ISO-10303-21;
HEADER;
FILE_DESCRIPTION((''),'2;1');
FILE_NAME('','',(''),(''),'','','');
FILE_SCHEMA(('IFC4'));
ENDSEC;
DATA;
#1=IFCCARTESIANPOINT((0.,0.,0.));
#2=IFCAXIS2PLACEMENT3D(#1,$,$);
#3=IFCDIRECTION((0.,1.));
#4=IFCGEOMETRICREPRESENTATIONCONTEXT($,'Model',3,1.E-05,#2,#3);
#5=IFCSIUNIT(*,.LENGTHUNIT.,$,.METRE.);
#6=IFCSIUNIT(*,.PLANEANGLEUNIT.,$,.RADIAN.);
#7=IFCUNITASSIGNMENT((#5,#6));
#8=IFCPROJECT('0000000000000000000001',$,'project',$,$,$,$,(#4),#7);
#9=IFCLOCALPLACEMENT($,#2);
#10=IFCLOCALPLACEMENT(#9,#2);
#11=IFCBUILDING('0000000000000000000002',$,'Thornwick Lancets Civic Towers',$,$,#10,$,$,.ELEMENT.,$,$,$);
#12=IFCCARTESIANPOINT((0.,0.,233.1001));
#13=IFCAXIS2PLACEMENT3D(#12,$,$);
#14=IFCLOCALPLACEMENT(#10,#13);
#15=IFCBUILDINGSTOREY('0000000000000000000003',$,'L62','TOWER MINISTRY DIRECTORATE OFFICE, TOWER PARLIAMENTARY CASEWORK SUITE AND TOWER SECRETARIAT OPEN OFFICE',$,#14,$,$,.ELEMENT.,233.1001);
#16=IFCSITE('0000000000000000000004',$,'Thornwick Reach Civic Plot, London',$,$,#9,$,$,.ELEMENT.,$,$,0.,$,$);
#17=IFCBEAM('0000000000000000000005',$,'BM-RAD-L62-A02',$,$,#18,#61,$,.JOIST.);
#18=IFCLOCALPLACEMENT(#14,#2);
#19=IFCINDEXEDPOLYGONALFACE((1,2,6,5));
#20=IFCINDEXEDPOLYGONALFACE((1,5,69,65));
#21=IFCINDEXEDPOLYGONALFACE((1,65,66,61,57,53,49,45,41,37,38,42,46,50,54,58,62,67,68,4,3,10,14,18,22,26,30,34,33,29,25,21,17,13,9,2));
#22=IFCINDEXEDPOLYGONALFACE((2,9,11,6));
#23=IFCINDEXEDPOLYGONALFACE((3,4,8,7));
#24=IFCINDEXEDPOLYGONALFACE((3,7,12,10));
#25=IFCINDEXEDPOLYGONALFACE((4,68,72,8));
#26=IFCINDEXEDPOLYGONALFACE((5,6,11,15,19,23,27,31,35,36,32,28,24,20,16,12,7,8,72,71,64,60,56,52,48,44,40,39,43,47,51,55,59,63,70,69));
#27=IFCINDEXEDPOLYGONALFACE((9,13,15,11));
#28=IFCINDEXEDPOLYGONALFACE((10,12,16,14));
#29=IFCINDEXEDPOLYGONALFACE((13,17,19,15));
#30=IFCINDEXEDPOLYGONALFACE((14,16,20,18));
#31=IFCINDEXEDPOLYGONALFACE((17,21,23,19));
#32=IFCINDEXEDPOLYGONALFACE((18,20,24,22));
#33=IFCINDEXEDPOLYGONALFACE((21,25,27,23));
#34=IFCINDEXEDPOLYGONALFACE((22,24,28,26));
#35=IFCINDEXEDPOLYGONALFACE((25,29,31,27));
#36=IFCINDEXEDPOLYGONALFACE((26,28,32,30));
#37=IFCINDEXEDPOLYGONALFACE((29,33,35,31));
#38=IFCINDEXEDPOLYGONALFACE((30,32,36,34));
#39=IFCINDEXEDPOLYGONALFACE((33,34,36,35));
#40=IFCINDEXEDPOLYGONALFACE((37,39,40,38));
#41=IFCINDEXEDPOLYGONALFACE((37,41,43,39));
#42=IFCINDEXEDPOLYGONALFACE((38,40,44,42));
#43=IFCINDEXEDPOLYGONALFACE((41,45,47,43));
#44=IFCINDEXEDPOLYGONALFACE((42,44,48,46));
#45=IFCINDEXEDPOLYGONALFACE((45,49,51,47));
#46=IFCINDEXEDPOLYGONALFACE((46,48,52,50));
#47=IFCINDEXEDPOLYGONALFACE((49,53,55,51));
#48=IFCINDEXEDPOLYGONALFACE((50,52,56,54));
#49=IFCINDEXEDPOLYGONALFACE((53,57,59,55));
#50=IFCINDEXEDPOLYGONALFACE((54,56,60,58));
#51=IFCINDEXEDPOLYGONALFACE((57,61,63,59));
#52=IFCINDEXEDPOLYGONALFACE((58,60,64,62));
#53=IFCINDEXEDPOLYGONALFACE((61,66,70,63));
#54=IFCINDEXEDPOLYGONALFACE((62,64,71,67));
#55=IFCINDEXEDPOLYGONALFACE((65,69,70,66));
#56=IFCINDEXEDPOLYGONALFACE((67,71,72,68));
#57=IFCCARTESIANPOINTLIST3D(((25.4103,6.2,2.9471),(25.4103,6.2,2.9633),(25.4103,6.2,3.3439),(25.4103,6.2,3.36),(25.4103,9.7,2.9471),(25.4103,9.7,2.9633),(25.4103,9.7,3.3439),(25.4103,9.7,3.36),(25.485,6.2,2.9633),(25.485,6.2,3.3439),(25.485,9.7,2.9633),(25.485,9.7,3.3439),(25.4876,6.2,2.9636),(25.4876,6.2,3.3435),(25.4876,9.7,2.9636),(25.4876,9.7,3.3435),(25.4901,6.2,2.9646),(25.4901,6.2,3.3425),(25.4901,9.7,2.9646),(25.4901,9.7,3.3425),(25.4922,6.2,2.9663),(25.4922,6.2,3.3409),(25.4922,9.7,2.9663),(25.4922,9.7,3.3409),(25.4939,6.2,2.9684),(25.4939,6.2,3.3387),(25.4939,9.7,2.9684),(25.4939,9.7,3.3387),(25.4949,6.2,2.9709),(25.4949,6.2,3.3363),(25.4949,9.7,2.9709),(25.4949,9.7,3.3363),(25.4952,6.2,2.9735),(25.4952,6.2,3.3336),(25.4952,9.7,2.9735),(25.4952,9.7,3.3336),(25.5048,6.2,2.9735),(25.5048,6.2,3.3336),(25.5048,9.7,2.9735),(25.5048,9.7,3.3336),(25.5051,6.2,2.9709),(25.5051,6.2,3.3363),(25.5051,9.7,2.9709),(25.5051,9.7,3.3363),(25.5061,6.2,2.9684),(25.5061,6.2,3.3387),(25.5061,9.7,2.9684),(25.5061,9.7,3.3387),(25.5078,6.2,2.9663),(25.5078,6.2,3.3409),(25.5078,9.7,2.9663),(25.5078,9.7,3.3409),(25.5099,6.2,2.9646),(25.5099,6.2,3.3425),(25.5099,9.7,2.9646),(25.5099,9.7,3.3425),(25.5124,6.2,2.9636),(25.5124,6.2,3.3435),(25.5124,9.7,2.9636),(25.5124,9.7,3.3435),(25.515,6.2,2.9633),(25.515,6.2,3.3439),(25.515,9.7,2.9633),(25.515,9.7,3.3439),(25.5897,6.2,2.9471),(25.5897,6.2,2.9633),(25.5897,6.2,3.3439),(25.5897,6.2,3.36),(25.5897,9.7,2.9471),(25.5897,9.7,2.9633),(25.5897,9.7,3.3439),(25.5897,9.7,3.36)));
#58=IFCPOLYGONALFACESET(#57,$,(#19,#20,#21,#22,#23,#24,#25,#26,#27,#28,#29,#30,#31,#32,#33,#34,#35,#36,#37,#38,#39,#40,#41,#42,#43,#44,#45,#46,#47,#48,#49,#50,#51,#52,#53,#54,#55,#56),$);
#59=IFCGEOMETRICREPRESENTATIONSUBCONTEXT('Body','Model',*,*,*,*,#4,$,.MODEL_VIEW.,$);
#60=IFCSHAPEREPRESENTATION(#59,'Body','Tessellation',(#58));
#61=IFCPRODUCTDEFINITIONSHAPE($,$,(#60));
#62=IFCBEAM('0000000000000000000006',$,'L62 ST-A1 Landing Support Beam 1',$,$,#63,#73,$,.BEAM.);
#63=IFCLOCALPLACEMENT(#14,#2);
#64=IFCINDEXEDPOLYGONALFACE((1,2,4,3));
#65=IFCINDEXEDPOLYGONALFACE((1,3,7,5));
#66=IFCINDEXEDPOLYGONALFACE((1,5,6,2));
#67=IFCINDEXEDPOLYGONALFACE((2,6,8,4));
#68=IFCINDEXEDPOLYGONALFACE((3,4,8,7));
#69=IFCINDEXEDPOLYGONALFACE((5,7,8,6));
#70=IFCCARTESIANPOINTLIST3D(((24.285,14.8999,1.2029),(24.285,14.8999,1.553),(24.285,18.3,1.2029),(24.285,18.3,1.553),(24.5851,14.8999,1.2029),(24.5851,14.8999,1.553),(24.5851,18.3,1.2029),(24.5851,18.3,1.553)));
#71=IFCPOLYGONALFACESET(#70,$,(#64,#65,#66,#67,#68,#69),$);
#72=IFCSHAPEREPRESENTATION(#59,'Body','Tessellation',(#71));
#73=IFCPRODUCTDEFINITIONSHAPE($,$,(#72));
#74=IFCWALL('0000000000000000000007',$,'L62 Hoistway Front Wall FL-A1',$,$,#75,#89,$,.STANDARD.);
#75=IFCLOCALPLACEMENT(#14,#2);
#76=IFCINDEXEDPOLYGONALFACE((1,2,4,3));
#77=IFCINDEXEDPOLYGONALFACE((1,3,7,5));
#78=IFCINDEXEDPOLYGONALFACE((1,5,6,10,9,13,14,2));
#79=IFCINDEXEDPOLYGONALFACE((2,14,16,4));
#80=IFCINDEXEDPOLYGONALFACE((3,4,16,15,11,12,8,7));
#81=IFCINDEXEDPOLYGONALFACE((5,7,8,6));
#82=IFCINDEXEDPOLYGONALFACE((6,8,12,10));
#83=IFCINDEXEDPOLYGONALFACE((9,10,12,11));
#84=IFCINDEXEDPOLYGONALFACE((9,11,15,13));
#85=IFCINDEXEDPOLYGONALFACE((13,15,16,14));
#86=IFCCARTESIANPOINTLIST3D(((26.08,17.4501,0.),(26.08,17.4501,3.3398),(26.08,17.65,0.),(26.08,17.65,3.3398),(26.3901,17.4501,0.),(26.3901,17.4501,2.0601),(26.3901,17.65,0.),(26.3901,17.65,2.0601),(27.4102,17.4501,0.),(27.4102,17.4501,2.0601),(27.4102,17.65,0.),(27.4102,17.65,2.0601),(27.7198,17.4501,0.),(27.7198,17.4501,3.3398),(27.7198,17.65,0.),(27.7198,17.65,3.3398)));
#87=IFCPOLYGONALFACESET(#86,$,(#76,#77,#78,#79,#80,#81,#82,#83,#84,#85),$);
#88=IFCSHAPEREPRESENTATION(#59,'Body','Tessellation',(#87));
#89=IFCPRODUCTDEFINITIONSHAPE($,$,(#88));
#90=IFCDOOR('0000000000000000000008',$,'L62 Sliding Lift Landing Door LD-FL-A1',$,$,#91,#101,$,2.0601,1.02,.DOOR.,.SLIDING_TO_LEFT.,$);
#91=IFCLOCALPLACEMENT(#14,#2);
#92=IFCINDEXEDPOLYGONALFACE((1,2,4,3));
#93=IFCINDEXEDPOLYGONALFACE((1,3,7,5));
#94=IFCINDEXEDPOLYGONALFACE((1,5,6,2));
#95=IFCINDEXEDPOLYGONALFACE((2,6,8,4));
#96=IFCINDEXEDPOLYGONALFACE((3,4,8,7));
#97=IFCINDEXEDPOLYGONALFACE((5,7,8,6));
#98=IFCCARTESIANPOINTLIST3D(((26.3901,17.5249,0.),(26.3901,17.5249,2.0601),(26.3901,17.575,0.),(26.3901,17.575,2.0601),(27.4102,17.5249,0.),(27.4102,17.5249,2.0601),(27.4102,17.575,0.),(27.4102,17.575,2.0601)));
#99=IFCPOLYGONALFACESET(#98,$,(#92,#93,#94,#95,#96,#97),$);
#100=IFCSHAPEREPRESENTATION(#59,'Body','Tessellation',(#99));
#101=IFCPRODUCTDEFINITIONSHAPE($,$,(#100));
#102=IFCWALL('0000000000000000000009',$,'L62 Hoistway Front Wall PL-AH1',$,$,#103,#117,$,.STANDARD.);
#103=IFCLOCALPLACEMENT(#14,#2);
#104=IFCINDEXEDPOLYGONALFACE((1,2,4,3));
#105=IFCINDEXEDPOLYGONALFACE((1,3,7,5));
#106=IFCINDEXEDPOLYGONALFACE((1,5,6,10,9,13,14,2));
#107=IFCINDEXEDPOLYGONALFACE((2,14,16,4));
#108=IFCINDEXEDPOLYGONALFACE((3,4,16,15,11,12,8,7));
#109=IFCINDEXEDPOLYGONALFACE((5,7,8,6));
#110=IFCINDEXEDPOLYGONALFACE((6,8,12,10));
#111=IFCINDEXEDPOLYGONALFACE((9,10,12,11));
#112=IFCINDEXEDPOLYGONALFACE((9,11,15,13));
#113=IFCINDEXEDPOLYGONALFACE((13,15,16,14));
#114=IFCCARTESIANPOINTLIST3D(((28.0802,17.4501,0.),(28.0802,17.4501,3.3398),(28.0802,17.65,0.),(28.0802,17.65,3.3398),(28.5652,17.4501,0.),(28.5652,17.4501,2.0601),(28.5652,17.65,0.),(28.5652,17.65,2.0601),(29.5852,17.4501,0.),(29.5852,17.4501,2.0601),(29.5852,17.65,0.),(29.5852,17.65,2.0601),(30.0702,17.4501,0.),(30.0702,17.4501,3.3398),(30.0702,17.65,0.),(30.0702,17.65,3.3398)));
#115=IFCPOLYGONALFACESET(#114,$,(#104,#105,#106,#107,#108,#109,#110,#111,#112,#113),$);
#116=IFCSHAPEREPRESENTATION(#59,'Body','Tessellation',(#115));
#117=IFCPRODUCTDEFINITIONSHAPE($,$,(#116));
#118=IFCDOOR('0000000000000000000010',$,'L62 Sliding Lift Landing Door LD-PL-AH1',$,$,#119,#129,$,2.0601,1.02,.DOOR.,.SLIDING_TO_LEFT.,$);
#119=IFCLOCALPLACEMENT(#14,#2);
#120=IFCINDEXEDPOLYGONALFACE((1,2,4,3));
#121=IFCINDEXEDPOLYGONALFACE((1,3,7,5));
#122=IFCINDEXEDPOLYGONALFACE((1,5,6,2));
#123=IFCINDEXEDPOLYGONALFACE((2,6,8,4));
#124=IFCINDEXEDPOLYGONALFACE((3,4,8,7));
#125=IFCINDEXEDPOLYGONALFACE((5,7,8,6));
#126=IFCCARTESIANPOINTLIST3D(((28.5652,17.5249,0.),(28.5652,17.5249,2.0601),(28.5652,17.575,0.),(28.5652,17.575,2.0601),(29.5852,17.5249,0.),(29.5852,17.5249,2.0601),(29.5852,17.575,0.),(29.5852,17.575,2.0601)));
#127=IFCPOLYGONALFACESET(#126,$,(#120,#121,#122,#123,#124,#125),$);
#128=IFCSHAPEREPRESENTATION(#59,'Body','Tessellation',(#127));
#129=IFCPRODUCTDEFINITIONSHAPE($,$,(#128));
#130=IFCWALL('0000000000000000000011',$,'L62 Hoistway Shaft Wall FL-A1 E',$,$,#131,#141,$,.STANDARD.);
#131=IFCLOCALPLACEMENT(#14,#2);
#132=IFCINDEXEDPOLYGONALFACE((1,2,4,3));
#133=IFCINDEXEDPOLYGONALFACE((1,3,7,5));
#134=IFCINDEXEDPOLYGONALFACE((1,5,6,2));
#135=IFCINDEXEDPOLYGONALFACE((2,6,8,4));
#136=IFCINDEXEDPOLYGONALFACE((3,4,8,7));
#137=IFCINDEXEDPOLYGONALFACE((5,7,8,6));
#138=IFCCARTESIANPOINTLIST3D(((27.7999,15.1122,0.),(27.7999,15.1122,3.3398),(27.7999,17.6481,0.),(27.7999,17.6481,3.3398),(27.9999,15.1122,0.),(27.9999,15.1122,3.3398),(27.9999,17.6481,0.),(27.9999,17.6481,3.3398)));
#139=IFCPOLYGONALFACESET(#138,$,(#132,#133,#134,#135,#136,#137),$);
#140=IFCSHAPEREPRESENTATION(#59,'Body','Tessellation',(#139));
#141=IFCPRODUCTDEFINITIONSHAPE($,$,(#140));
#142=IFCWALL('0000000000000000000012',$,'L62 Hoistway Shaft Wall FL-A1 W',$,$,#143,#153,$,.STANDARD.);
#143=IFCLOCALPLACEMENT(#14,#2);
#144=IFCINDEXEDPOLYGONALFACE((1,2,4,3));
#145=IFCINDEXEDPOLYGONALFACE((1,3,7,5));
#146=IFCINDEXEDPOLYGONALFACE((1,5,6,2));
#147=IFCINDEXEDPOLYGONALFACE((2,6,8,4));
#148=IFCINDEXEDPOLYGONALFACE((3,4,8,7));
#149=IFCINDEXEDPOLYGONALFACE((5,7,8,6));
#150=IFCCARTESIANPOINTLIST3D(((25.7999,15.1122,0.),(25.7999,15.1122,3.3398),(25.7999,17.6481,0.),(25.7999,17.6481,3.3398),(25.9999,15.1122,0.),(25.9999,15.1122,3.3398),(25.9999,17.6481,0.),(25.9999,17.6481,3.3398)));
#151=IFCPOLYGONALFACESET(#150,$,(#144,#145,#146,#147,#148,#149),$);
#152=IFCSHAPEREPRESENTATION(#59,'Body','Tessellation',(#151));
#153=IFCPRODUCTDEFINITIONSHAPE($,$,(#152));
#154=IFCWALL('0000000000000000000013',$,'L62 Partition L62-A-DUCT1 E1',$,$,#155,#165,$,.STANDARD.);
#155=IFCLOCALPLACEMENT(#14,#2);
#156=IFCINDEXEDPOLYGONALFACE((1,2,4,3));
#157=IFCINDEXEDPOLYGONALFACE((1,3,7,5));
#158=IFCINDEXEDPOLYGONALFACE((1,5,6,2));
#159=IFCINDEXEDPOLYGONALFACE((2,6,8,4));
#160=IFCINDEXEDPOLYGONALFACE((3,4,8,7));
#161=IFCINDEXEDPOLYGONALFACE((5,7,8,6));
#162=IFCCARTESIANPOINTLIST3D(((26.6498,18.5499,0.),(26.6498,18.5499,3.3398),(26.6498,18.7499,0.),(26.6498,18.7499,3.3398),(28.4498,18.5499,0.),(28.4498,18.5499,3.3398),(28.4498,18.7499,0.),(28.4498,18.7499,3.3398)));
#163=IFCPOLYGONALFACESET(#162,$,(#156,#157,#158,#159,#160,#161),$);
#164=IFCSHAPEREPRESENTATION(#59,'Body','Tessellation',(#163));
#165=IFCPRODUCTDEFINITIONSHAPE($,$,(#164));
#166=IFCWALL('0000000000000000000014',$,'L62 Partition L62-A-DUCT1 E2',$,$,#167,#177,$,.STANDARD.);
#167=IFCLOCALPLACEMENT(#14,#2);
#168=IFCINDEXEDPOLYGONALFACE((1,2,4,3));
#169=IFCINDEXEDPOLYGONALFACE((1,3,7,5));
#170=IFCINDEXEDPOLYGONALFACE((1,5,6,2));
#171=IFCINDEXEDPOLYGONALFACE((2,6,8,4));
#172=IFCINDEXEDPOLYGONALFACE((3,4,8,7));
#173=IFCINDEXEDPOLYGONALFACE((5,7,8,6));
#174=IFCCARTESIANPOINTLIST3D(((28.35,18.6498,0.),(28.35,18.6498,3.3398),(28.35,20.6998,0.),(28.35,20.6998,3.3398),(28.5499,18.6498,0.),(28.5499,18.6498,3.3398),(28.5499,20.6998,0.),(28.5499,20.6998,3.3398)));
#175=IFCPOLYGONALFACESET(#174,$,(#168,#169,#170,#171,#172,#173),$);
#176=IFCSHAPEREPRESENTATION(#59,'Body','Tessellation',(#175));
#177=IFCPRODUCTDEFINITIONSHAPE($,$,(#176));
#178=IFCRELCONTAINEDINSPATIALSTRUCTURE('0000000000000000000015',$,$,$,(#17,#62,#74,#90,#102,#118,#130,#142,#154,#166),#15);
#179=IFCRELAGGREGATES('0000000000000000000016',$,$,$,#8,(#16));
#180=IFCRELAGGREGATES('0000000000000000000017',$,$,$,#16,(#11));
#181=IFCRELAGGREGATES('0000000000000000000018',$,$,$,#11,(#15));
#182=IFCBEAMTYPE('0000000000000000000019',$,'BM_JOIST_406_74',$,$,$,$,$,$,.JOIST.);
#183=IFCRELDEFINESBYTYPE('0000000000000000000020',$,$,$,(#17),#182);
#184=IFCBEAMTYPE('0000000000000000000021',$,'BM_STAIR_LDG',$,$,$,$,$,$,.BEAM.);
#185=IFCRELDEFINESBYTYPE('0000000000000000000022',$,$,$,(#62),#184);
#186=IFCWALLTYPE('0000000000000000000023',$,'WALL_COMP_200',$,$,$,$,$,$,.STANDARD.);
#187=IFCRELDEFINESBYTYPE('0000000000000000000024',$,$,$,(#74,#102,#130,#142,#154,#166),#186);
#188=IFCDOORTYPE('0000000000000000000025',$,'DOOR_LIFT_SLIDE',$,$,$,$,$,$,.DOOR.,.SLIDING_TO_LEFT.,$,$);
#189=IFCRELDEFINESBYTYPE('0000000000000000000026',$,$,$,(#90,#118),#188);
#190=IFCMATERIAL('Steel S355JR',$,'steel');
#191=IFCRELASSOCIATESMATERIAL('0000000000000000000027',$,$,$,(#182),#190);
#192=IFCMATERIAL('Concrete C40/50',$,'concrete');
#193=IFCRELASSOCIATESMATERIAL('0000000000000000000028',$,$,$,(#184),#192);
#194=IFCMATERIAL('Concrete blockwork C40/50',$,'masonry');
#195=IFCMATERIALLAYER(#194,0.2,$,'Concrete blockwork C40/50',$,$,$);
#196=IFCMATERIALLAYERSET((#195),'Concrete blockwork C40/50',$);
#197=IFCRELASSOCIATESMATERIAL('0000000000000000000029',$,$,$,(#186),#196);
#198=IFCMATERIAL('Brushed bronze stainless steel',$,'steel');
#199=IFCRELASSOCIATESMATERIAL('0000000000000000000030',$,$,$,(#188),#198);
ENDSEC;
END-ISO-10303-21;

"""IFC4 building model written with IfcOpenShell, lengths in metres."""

from ifc_helpers import new_model, si_unit, direction, frame, frame_2d, origin, origin_2d, place, context, subcontext, project, spatial, rectangle, i_section, extrude, material, layer, layer_set, material_profile, profile_set, type_object, element, fill, save


model = new_model("IFC4")

# Units and contexts
model_context = context("Model", 3, precision=1e-05, world=origin(), true_north=direction((0.0, 1.0)))
body_context = subcontext(model_context, "Body", "Model", "MODEL_VIEW")
ifc_project = project(units=[si_unit("LENGTHUNIT", "METRE"), si_unit("PLANEANGLEUNIT", "RADIAN")], contexts=[model_context])

# Site, building, storey
site_placement = place(None, origin())
site = spatial("IfcSite", under=ifc_project, at=site_placement, Name="Thornwick Reach Civic Plot, London", CompositionType="ELEMENT", RefElevation=0.0)
building_placement = place(site_placement, origin())
building = spatial("IfcBuilding", under=site, at=building_placement, Name="Thornwick Lancets Civic Towers", CompositionType="ELEMENT")
storey_placement = place(building_placement, frame((0.0, 0.0, 233.1001)))
storey = spatial("IfcBuildingStorey", under=building, at=storey_placement, Name="L62", Description="TOWER MINISTRY DIRECTORATE OFFICE, TOWER PARLIAMENTARY CASEWORK SUITE AND TOWER SECRETARIAT OPEN OFFICE", CompositionType="ELEMENT", Elevation=233.1001)

# Shared definitions
ifc_material_1 = material(Name="Steel S355JR", Category="steel")

# Beams
ifc_material_profile_1 = material_profile(ifc_material_1, i_section(OverallWidth=0.1794, OverallDepth=0.4128, WebThickness=0.0095, FlangeThickness=0.0161, FilletRadius=0.0103, at=origin_2d()), Name="UKB 406x178x74")
ifc_profile_set_1 = profile_set([ifc_material_profile_1], Name="Steel S355JR")
beam_type_1 = type_object("IfcBeamType", Name="BM_JOIST_406_74", PredefinedType="JOIST", material=ifc_profile_set_1)
beam_1_placement = place(storey_placement, frame((25.5, 9.7, 3.1536), z_axis=(0.0, -1.0, 0.0), x_axis=(1.0, 0.0, 0.0)))
element("IfcBeam", 1, at=beam_1_placement, inside=storey, type_object=beam_type_1, Name="BM-RAD-L62-A02", PredefinedType="JOIST", context=body_context, shape_type="SweptSolid", body=[
    extrude(i_section(OverallWidth=0.1794, OverallDepth=0.4128, WebThickness=0.0095, FlangeThickness=0.0161, FilletRadius=0.0103, at=origin_2d()), origin(), (0.0, 0.0, 1.0), 3.5),
])
ifc_material_2 = material(Name="Concrete C40/50", Category="concrete")
ifc_material_profile_2 = material_profile(ifc_material_2, rectangle(XDim=0.3, YDim=0.3501, at=origin_2d()), Name="RC 300x350")
ifc_profile_set_2 = profile_set([ifc_material_profile_2], Name="Concrete C40/50")
beam_type_2 = type_object("IfcBeamType", Name="BM_STAIR_LDG", PredefinedType="BEAM", material=ifc_profile_set_2)
beam_2_placement = place(storey_placement, frame((24.4351, 14.8999, 1.3779), z_axis=(0.0, 1.0, 0.0), x_axis=(-1.0, 0.0, 0.0)))
element("IfcBeam", 2, at=beam_2_placement, inside=storey, type_object=beam_type_2, Name="L62 ST-A1 Landing Support Beam 1", PredefinedType="BEAM", context=body_context, shape_type="SweptSolid", body=[
    extrude(rectangle(XDim=0.3, YDim=0.3501, at=origin_2d()), origin(), (0.0, 0.0, 1.0), 3.4001),
])

# Walls, openings, doors
ifc_material_3 = material(Name="Concrete blockwork C40/50", Category="masonry")
ifc_layer_1 = layer(ifc_material_3, 0.2, Name="Concrete blockwork C40/50")
ifc_layer_set_1 = layer_set([ifc_layer_1], Name="Concrete blockwork C40/50")
wall_type_1 = type_object("IfcWallType", Name="WALL_COMP_200", PredefinedType="STANDARD", material=ifc_layer_set_1)
wall_1_placement = place(storey_placement, frame((26.0801, 17.55, 0.0), z_axis=(0.0, 0.0, 1.0), x_axis=(1.0, 0.0, 0.0)))
wall_1 = element("IfcWall", 3, at=wall_1_placement, inside=storey, type_object=wall_type_1, Name="L62 Hoistway Front Wall FL-A1", PredefinedType="STANDARD", context=body_context, shape_type="SweptSolid", body=[
    extrude(rectangle(XDim=1.6399, YDim=0.2, at=frame_2d((0.8198, 0.0))), origin(), (0.0, 0.0, 1.0), 3.3398),
])
opening_1_placement = place(wall_1_placement, frame((0.3101, 0.0, 0.0)))
opening_1 = element("IfcOpeningElement", 4, at=opening_1_placement, cuts=wall_1, PredefinedType="OPENING", context=body_context, shape_type="SweptSolid", body=[
    extrude(rectangle(XDim=1.02, YDim=2.0601, at=frame_2d((0.51, 1.03))), frame((0.0, 0.1099, 0.0), z_axis=(0.0, -1.0, 0.0), x_axis=(1.0, 0.0, 0.0)), (0.0, 0.0, 1.0), 0.22),
])
ifc_material_4 = material(Name="Brushed bronze stainless steel", Category="steel")
door_type_1 = type_object("IfcDoorType", Name="DOOR_LIFT_SLIDE", OperationType="SLIDING_TO_LEFT", PredefinedType="DOOR", material=ifc_material_4)
door_1_placement = place(opening_1_placement, origin())
door_1 = element("IfcDoor", 5, at=door_1_placement, inside=storey, type_object=door_type_1, Name="L62 Sliding Lift Landing Door LD-FL-A1", OperationType="SLIDING_TO_LEFT", OverallHeight=2.0601, OverallWidth=1.02, PredefinedType="DOOR", context=body_context, shape_type="SweptSolid", body=[
    extrude(rectangle(XDim=1.02, YDim=2.0601, at=frame_2d((0.51, 1.03))), frame((0.0, 0.0249, 0.0), z_axis=(0.0, -1.0, 0.0), x_axis=(1.0, 0.0, 0.0)), (0.0, 0.0, 1.0), 0.05),
])
fill(opening_1, door_1)
wall_2_placement = place(storey_placement, frame((28.0801, 17.55, 0.0), z_axis=(0.0, 0.0, 1.0), x_axis=(1.0, 0.0, 0.0)))
wall_2 = element("IfcWall", 6, at=wall_2_placement, inside=storey, type_object=wall_type_1, Name="L62 Hoistway Front Wall PL-AH1", PredefinedType="STANDARD", context=body_context, shape_type="SweptSolid", body=[
    extrude(rectangle(XDim=1.99, YDim=0.2, at=frame_2d((0.9951, 0.0))), origin(), (0.0, 0.0, 1.0), 3.3398),
])
opening_2_placement = place(wall_2_placement, frame((0.4851, 0.0, 0.0)))
opening_2 = element("IfcOpeningElement", 7, at=opening_2_placement, cuts=wall_2, PredefinedType="OPENING", context=body_context, shape_type="SweptSolid", body=[
    extrude(rectangle(XDim=1.02, YDim=2.0601, at=frame_2d((0.51, 1.03))), frame((0.0, 0.1099, 0.0), z_axis=(0.0, -1.0, 0.0), x_axis=(1.0, 0.0, 0.0)), (0.0, 0.0, 1.0), 0.22),
])
door_2_placement = place(opening_2_placement, origin())
door_2 = element("IfcDoor", 8, at=door_2_placement, inside=storey, type_object=door_type_1, Name="L62 Sliding Lift Landing Door LD-PL-AH1", OperationType="SLIDING_TO_LEFT", OverallHeight=2.0601, OverallWidth=1.02, PredefinedType="DOOR", context=body_context, shape_type="SweptSolid", body=[
    extrude(rectangle(XDim=1.02, YDim=2.0601, at=frame_2d((0.51, 1.03))), frame((0.0, 0.0249, 0.0), z_axis=(0.0, -1.0, 0.0), x_axis=(1.0, 0.0, 0.0)), (0.0, 0.0, 1.0), 0.05),
])
fill(opening_2, door_2)

# Walls
for number, where, z_axis, x_axis, name in (
    (9, (27.8999, 15.1121, 0.0), (0.0, 0.0, 1.0), (0.0, 1.0, 0.0), "L62 Hoistway Shaft Wall FL-A1 E"),
    (10, (25.8999, 15.1121, 0.0), (0.0, 0.0, 1.0), (0.0, 1.0, 0.0), "L62 Hoistway Shaft Wall FL-A1 W"),
):
    element("IfcWall", number, at=place(storey_placement, frame(where, z_axis=z_axis, x_axis=x_axis)), inside=storey, type_object=wall_type_1, Name=name, PredefinedType="STANDARD", context=body_context, shape_type="SweptSolid", body=[
        extrude(rectangle(XDim=2.5359, YDim=0.2, at=frame_2d((1.2681, 0.0))), origin(), (0.0, 0.0, 1.0), 3.3398),
    ])
wall_3_placement = place(storey_placement, frame((26.6499, 18.6499, 0.0), z_axis=(0.0, 0.0, 1.0), x_axis=(1.0, 0.0, 0.0)))
element("IfcWall", 11, at=wall_3_placement, inside=storey, type_object=wall_type_1, Name="L62 Partition L62-A-DUCT1 E1", PredefinedType="STANDARD", context=body_context, shape_type="SweptSolid", body=[
    extrude(rectangle(XDim=1.8, YDim=0.2, at=frame_2d((0.8999, 0.0))), origin(), (0.0, 0.0, 1.0), 3.3398),
])
wall_4_placement = place(storey_placement, frame((28.45, 18.6499, 0.0), z_axis=(0.0, 0.0, 1.0), x_axis=(0.0, 1.0, 0.0)))
element("IfcWall", 12, at=wall_4_placement, inside=storey, type_object=wall_type_1, Name="L62 Partition L62-A-DUCT1 E2", PredefinedType="STANDARD", context=body_context, shape_type="SweptSolid", body=[
    extrude(rectangle(XDim=2.05, YDim=0.2, at=frame_2d((1.0249, 0.0))), origin(), (0.0, 0.0, 1.0), 3.3398),
])

save(model, "model.ifc")
